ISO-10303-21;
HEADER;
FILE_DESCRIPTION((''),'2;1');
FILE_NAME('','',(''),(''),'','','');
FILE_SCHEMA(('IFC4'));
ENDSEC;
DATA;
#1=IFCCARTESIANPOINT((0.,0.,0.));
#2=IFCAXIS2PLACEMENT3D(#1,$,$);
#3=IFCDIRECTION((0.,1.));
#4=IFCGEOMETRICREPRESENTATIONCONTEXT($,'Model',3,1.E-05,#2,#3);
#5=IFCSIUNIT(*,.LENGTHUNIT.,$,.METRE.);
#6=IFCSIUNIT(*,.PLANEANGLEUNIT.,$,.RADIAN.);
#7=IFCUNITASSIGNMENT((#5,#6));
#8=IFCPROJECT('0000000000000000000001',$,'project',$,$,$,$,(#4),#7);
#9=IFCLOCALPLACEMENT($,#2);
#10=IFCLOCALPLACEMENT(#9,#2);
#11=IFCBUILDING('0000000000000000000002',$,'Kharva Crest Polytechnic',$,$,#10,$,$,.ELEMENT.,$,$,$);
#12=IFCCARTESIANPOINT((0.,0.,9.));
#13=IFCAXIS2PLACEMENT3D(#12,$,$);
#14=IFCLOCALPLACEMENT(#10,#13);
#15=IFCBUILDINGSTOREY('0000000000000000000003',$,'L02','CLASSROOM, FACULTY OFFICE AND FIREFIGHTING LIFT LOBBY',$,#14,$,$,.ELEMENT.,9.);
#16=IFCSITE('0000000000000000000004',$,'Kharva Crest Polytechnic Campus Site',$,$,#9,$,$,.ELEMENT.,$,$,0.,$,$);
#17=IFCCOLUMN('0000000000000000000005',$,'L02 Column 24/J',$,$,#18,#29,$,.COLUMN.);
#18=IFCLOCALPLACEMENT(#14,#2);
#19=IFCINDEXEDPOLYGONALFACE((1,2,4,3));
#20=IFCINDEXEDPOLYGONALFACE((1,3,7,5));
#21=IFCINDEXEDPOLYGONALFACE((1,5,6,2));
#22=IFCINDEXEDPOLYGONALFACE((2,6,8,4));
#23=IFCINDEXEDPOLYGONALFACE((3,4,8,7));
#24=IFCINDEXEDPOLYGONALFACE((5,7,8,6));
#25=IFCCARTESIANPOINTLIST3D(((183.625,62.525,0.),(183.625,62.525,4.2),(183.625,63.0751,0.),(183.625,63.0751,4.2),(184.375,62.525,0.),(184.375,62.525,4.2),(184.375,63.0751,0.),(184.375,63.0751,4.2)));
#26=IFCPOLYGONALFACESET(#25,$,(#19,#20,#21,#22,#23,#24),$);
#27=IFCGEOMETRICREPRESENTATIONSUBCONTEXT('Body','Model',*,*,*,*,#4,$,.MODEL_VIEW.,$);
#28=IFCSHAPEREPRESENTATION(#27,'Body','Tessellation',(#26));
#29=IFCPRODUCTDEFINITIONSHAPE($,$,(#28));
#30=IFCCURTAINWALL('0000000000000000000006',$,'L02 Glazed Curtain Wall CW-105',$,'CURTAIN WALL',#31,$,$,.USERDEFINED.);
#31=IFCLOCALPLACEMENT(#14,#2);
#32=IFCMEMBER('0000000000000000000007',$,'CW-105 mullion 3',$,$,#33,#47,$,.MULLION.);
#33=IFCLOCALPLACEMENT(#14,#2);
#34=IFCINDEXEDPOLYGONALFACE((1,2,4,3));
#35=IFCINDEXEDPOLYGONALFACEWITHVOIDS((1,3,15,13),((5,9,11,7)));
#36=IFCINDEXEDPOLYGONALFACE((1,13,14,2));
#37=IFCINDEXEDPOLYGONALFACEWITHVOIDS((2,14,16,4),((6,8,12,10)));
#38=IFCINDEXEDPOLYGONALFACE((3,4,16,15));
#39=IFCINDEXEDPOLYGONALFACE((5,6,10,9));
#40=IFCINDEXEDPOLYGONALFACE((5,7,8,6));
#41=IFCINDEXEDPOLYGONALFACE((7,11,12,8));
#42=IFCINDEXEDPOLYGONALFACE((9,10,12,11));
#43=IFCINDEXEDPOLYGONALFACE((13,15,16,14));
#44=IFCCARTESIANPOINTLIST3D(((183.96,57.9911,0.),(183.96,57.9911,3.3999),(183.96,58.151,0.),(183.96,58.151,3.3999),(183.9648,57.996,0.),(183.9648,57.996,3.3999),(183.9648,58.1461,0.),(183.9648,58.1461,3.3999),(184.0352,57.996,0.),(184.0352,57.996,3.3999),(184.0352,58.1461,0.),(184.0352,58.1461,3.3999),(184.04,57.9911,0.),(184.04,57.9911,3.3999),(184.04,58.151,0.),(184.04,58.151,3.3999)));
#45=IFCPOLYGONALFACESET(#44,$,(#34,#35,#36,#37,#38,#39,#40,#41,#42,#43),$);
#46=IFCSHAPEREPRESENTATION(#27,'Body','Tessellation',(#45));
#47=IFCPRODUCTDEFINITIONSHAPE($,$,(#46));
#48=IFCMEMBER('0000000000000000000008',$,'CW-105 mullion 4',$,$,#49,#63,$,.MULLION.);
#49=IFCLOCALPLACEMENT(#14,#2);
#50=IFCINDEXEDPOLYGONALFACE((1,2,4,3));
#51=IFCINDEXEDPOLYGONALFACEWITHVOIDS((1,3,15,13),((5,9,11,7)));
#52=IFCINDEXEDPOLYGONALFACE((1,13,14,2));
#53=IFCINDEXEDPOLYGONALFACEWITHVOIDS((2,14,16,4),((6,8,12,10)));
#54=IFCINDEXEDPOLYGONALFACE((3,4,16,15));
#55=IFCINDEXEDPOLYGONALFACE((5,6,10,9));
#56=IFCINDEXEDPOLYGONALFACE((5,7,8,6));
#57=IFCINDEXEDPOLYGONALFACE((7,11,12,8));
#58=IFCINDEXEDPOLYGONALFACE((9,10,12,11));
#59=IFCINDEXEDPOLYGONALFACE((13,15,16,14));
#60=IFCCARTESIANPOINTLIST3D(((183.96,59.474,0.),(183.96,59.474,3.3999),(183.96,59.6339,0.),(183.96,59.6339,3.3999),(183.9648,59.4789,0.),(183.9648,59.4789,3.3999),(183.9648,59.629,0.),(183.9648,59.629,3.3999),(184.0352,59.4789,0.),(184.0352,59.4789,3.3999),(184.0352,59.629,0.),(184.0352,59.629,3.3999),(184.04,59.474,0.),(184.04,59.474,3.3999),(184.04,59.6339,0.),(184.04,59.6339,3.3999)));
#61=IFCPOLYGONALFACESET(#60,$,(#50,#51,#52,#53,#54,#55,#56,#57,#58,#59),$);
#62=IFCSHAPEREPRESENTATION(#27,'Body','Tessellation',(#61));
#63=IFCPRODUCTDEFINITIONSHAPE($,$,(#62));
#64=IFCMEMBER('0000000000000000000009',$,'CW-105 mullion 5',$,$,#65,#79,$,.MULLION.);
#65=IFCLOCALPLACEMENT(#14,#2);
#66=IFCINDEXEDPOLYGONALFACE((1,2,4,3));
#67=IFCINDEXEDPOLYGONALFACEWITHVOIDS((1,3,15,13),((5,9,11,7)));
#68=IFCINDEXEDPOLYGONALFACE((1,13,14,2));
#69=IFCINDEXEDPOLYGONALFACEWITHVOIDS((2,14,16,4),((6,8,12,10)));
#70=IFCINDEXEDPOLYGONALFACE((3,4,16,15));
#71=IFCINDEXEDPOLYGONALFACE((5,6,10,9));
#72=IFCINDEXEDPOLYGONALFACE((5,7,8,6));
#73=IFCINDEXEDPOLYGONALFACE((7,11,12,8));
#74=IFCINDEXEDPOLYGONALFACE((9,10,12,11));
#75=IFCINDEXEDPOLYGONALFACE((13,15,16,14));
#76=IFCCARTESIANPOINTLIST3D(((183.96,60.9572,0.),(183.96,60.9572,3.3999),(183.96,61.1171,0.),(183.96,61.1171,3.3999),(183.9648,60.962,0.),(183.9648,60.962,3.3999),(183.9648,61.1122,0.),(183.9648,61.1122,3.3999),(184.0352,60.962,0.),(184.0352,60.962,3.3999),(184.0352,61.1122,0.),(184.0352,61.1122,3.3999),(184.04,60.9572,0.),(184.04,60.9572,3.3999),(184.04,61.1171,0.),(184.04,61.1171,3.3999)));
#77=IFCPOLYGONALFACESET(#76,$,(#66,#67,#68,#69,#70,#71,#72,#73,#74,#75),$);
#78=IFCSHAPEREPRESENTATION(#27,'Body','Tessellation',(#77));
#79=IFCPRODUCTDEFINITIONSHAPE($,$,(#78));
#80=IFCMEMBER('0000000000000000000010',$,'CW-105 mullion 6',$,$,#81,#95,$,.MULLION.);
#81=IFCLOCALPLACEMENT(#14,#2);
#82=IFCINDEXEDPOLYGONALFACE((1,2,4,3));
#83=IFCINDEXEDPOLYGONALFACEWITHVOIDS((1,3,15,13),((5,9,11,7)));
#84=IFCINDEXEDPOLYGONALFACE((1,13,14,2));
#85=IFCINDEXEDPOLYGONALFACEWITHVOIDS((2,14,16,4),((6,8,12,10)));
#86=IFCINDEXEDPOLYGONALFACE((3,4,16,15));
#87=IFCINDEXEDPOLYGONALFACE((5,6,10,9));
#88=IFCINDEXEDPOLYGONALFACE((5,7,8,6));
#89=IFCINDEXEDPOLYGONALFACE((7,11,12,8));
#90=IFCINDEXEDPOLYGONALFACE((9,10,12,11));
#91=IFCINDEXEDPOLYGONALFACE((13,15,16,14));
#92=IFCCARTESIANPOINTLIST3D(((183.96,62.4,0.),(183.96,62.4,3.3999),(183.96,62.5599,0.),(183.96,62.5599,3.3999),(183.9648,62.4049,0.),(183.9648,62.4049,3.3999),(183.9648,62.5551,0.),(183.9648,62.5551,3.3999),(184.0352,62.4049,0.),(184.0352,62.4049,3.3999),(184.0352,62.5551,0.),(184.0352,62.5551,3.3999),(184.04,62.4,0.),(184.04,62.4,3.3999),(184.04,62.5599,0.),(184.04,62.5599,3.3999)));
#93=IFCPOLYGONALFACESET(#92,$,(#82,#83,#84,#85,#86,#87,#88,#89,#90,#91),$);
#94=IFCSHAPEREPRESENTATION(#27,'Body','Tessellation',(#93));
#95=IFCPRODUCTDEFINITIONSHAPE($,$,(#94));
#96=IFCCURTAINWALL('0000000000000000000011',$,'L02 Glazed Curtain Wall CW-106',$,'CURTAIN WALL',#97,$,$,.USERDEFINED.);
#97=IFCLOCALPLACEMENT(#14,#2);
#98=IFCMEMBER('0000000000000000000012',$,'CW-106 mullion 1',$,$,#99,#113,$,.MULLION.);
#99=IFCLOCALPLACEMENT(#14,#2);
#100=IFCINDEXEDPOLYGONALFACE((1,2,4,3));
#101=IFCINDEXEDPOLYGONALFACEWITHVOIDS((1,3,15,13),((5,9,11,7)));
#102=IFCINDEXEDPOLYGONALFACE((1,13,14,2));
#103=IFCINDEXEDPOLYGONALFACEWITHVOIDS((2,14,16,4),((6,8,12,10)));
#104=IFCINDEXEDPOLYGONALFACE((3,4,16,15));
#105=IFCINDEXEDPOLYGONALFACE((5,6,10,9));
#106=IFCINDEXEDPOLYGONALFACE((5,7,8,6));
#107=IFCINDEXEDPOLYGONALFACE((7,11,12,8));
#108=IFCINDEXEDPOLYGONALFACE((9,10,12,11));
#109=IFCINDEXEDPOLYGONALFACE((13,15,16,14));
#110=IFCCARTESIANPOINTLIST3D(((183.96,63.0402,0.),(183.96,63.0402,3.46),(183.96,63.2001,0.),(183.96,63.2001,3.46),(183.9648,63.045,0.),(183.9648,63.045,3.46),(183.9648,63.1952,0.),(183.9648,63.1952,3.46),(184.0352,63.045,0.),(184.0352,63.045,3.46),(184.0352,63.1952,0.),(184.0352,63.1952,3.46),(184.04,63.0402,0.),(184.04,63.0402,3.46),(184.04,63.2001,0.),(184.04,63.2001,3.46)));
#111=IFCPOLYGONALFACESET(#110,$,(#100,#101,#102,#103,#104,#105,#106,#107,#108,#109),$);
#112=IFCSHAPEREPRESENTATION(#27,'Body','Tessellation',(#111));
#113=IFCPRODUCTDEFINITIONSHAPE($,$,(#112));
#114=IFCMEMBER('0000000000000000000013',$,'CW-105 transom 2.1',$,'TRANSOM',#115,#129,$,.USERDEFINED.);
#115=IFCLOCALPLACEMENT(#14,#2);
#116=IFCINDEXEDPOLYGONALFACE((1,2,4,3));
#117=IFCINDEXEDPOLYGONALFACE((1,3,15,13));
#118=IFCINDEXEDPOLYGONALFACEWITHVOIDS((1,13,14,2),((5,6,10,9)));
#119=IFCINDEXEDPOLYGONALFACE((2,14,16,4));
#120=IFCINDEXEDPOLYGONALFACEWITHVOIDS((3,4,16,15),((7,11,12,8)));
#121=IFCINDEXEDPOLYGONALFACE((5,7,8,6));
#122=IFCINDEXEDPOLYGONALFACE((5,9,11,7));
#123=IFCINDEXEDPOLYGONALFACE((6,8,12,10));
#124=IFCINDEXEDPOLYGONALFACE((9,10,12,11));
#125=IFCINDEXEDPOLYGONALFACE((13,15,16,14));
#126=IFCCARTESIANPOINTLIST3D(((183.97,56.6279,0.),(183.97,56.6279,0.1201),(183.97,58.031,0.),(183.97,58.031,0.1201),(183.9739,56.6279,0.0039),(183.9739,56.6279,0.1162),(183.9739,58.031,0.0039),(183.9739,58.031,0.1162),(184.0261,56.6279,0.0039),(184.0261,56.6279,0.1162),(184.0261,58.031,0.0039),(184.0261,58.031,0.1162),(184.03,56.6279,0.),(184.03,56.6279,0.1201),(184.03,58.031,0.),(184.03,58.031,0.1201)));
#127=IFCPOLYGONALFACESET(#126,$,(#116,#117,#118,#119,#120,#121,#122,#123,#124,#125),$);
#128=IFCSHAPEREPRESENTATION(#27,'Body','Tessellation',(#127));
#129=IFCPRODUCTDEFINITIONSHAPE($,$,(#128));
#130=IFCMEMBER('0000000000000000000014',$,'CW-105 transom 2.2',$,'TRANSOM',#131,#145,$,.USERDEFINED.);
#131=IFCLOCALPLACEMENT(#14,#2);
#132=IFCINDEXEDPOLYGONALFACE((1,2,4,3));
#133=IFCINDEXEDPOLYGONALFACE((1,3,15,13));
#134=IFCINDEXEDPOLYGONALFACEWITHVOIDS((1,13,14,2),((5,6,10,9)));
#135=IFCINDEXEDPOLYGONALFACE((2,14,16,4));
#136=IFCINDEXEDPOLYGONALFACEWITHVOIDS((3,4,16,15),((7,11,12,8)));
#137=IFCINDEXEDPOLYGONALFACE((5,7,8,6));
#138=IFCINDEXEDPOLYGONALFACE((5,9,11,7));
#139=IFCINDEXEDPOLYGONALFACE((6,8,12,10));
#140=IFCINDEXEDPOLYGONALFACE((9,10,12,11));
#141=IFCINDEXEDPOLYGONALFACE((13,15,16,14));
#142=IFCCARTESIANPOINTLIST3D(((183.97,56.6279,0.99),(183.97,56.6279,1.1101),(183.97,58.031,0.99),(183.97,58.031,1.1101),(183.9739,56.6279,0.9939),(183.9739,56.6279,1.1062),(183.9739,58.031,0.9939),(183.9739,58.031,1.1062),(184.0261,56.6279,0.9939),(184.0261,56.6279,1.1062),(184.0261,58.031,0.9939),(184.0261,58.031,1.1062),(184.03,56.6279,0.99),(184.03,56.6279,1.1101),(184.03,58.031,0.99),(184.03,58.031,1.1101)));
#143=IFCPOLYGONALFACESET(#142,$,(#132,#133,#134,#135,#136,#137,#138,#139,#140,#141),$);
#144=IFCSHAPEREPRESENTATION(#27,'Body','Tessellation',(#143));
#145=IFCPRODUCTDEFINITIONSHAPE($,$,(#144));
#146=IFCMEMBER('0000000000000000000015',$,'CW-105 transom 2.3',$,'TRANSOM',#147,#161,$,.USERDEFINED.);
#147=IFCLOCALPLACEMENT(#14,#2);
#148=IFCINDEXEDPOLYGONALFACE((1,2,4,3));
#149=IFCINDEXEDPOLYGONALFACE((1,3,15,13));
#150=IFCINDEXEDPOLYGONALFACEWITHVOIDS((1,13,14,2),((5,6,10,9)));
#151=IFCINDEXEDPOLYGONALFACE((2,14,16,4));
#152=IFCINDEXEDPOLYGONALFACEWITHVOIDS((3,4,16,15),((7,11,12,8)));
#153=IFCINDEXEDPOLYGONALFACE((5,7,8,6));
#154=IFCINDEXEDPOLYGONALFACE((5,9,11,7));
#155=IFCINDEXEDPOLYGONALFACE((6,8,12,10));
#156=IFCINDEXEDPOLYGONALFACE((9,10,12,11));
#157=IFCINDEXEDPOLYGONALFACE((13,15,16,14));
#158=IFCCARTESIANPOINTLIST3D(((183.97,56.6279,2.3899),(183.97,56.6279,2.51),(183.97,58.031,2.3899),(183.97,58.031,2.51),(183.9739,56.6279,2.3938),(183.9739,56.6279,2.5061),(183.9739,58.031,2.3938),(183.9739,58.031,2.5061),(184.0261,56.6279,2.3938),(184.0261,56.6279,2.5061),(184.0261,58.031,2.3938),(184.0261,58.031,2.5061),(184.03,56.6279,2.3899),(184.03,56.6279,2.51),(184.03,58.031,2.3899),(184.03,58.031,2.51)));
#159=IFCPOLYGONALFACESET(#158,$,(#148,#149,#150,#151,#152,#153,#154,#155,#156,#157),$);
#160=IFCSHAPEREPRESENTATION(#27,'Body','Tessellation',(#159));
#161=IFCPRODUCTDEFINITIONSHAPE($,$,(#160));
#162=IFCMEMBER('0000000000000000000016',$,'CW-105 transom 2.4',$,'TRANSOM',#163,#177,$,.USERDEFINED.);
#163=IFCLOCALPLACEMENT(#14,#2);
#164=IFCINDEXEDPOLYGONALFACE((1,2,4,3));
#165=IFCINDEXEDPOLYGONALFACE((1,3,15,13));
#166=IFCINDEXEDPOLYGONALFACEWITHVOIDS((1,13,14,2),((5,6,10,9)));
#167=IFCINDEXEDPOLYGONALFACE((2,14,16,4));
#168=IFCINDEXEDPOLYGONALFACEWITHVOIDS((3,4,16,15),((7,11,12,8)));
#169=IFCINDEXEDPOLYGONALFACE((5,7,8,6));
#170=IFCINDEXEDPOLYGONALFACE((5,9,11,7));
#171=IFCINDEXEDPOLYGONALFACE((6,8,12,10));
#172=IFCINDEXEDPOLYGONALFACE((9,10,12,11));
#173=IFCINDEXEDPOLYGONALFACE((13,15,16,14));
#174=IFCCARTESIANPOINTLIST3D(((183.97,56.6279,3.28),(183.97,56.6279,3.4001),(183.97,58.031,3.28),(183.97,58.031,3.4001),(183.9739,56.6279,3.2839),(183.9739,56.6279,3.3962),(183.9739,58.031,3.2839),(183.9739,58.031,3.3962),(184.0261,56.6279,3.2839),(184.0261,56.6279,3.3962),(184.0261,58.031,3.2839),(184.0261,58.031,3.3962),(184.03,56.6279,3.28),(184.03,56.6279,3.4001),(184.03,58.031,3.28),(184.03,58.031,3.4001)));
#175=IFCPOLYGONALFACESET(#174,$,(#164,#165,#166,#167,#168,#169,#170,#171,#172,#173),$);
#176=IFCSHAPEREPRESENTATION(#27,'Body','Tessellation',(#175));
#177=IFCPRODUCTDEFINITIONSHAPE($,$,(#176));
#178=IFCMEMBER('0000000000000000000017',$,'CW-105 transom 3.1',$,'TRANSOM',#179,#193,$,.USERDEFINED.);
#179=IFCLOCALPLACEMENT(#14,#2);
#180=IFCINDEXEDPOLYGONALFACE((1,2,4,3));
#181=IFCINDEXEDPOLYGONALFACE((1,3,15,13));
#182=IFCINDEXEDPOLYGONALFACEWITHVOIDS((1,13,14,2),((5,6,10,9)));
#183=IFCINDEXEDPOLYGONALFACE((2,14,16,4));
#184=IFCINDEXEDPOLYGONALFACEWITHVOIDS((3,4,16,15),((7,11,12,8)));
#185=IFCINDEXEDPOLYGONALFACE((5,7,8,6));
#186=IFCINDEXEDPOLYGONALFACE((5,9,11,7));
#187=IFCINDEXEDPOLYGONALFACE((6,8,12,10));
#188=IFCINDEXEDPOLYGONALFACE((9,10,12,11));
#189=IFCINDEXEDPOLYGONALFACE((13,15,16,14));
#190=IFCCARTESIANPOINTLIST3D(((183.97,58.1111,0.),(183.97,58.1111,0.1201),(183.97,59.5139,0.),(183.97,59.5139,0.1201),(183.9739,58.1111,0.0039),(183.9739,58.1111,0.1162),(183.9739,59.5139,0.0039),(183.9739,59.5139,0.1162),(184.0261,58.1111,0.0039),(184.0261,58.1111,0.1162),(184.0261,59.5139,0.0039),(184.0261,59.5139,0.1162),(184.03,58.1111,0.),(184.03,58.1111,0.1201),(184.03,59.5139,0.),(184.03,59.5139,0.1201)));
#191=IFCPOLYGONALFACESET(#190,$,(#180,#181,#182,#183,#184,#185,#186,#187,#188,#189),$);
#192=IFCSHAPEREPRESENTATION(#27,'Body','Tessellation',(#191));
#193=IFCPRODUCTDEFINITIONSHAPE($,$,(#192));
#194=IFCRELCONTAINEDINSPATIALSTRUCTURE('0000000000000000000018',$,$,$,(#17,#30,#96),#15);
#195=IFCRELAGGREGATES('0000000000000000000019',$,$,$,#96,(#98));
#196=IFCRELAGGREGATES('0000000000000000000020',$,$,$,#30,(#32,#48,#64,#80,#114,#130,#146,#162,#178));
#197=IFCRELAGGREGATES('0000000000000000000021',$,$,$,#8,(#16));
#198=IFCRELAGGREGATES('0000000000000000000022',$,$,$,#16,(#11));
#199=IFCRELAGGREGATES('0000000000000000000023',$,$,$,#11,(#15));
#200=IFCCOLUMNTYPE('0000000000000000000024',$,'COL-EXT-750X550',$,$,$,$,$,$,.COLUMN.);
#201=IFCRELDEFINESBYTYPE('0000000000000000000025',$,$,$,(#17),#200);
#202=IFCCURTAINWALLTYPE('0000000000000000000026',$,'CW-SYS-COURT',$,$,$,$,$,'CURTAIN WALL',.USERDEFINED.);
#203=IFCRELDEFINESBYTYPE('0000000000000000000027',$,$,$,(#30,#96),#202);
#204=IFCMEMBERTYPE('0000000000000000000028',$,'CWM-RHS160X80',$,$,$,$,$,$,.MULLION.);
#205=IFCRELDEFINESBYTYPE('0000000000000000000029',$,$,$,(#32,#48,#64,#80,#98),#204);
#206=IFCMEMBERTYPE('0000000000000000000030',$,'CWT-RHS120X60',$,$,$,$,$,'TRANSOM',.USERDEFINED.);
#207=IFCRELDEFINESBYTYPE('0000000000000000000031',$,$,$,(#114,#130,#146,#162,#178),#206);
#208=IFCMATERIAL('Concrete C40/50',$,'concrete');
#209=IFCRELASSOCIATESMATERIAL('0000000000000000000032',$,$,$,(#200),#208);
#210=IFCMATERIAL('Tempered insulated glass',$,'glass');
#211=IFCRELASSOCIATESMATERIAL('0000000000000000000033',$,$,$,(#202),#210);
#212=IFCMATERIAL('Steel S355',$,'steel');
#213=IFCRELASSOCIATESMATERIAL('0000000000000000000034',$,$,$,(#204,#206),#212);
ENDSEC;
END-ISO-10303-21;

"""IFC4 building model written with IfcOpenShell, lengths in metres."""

from ifc_helpers import new_model, si_unit, direction, frame, origin, origin_2d, place, context, subcontext, project, spatial, rectangle, hollow_rectangle, extrude, material, material_profile, profile_set, type_object, element, aggregate, save


model = new_model("IFC4")

# Units and contexts
model_context = context("Model", 3, precision=1e-05, world=origin(), true_north=direction((0.0, 1.0)))
body_context = subcontext(model_context, "Body", "Model", "MODEL_VIEW")
ifc_project = project(units=[si_unit("LENGTHUNIT", "METRE"), si_unit("PLANEANGLEUNIT", "RADIAN")], contexts=[model_context])

# Site, building, storey
site_placement = place(None, origin())
site = spatial("IfcSite", under=ifc_project, at=site_placement, Name="Kharva Crest Polytechnic Campus Site", CompositionType="ELEMENT", RefElevation=0.0)
building_placement = place(site_placement, origin())
building = spatial("IfcBuilding", under=site, at=building_placement, Name="Kharva Crest Polytechnic", CompositionType="ELEMENT")
storey_placement = place(building_placement, frame((0.0, 0.0, 9.0)))
storey = spatial("IfcBuildingStorey", under=building, at=storey_placement, Name="L02", Description="CLASSROOM, FACULTY OFFICE AND FIREFIGHTING LIFT LOBBY", CompositionType="ELEMENT", Elevation=9.0)

# Column
ifc_material_1 = material(Name="Concrete C40/50", Category="concrete")
ifc_material_profile_1 = material_profile(ifc_material_1, rectangle(XDim=0.75, YDim=0.55, at=origin_2d()), Name="RECT 750 X 550")
ifc_profile_set_1 = profile_set([ifc_material_profile_1], Name="Concrete C40/50")
column_type = type_object("IfcColumnType", Name="COL-EXT-750X550", PredefinedType="COLUMN", material=ifc_profile_set_1)
column_placement = place(storey_placement, frame((184.0, 62.8, 0.0), z_axis=(0.0, 0.0, 1.0), x_axis=(1.0, 0.0, 0.0)))
element("IfcColumn", 1, at=column_placement, inside=storey, type_object=column_type, Name="L02 Column 24/J", PredefinedType="COLUMN", context=body_context, shape_type="SweptSolid", body=[
    extrude(rectangle(XDim=0.75, YDim=0.55, at=origin_2d()), origin(), (0.0, 0.0, 1.0), 4.2),
])

# Curtain wall, members
ifc_material_2 = material(Name="Tempered insulated glass", Category="glass")
curtain_wall_type = type_object("IfcCurtainWallType", Name="CW-SYS-COURT", ElementType="CURTAIN WALL", PredefinedType="USERDEFINED", material=ifc_material_2)
curtain_wall_1_placement = place(storey_placement, origin())
curtain_wall_1 = element("IfcCurtainWall", 2, at=curtain_wall_1_placement, inside=storey, type_object=curtain_wall_type, Name="L02 Glazed Curtain Wall CW-105", ObjectType="CURTAIN WALL", PredefinedType="USERDEFINED")
ifc_material_3 = material(Name="Steel S355", Category="steel")
ifc_material_profile_2 = material_profile(ifc_material_3, hollow_rectangle(XDim=0.0801, YDim=0.1599, WallThickness=0.0049, at=origin_2d()), Name="RHS 160X80X5.0")
ifc_profile_set_2 = profile_set([ifc_material_profile_2], Name="Steel S355")
member_type_1 = type_object("IfcMemberType", Name="CWM-RHS160X80", PredefinedType="MULLION", material=ifc_profile_set_2)
member_1_placement = place(storey_placement, frame((184.0, 58.071, 0.0), z_axis=(0.0, 0.0, 1.0), x_axis=(-1.0, 0.0, 0.0)))
member_1 = element("IfcMember", 3, at=member_1_placement, type_object=member_type_1, Name="CW-105 mullion 3", PredefinedType="MULLION", context=body_context, shape_type="SweptSolid", body=[
    extrude(hollow_rectangle(XDim=0.0801, YDim=0.1599, WallThickness=0.0049, at=origin_2d()), origin(), (0.0, 0.0, 1.0), 3.3999),
])
member_2_placement = place(storey_placement, frame((184.0, 59.554, 0.0), z_axis=(0.0, 0.0, 1.0), x_axis=(-1.0, 0.0, 0.0)))
member_2 = element("IfcMember", 4, at=member_2_placement, type_object=member_type_1, Name="CW-105 mullion 4", PredefinedType="MULLION", context=body_context, shape_type="SweptSolid", body=[
    extrude(hollow_rectangle(XDim=0.0801, YDim=0.1599, WallThickness=0.0049, at=origin_2d()), origin(), (0.0, 0.0, 1.0), 3.3999),
])
member_3_placement = place(storey_placement, frame((184.0, 61.0371, 0.0), z_axis=(0.0, 0.0, 1.0), x_axis=(-1.0, 0.0, 0.0)))
member_3 = element("IfcMember", 5, at=member_3_placement, type_object=member_type_1, Name="CW-105 mullion 5", PredefinedType="MULLION", context=body_context, shape_type="SweptSolid", body=[
    extrude(hollow_rectangle(XDim=0.0801, YDim=0.1599, WallThickness=0.0049, at=origin_2d()), origin(), (0.0, 0.0, 1.0), 3.3999),
])
member_4_placement = place(storey_placement, frame((184.0, 62.48, 0.0), z_axis=(0.0, 0.0, 1.0), x_axis=(-1.0, 0.0, 0.0)))
member_4 = element("IfcMember", 6, at=member_4_placement, type_object=member_type_1, Name="CW-105 mullion 6", PredefinedType="MULLION", context=body_context, shape_type="SweptSolid", body=[
    extrude(hollow_rectangle(XDim=0.0801, YDim=0.1599, WallThickness=0.0049, at=origin_2d()), origin(), (0.0, 0.0, 1.0), 3.3999),
])

# Curtain wall, member
curtain_wall_2_placement = place(storey_placement, origin())
curtain_wall_2 = element("IfcCurtainWall", 7, at=curtain_wall_2_placement, inside=storey, type_object=curtain_wall_type, Name="L02 Glazed Curtain Wall CW-106", ObjectType="CURTAIN WALL", PredefinedType="USERDEFINED")
member_5_placement = place(storey_placement, frame((184.0, 63.1201, 0.0), z_axis=(0.0, 0.0, 1.0), x_axis=(-1.0, 0.0, 0.0)))
member_5 = element("IfcMember", 8, at=member_5_placement, type_object=member_type_1, Name="CW-106 mullion 1", PredefinedType="MULLION", context=body_context, shape_type="SweptSolid", body=[
    extrude(hollow_rectangle(XDim=0.0801, YDim=0.1599, WallThickness=0.0049, at=origin_2d()), origin(), (0.0, 0.0, 1.0), 3.46),
])

# Members
ifc_material_profile_3 = material_profile(ifc_material_3, hollow_rectangle(XDim=0.0601, YDim=0.1201, WallThickness=0.0039, at=origin_2d()), Name="RHS 120X60X4.0")
ifc_profile_set_3 = profile_set([ifc_material_profile_3], Name="Steel S355")
member_type_2 = type_object("IfcMemberType", Name="CWT-RHS120X60", ElementType="TRANSOM", PredefinedType="USERDEFINED", material=ifc_profile_set_3)
member_6_placement = place(storey_placement, frame((184.0, 56.6279, 0.0601), z_axis=(0.0, 1.0, 0.0), x_axis=(-1.0, 0.0, 0.0)))
member_6 = element("IfcMember", 9, at=member_6_placement, type_object=member_type_2, Name="CW-105 transom 2.1", ObjectType="TRANSOM", PredefinedType="USERDEFINED", context=body_context, shape_type="SweptSolid", body=[
    extrude(hollow_rectangle(XDim=0.0601, YDim=0.1201, WallThickness=0.0039, at=origin_2d()), origin(), (0.0, 0.0, 1.0), 1.4031),
])
member_7_placement = place(storey_placement, frame((184.0, 56.6279, 1.05), z_axis=(0.0, 1.0, 0.0), x_axis=(-1.0, 0.0, 0.0)))
member_7 = element("IfcMember", 10, at=member_7_placement, type_object=member_type_2, Name="CW-105 transom 2.2", ObjectType="TRANSOM", PredefinedType="USERDEFINED", context=body_context, shape_type="SweptSolid", body=[
    extrude(hollow_rectangle(XDim=0.0601, YDim=0.1201, WallThickness=0.0039, at=origin_2d()), origin(), (0.0, 0.0, 1.0), 1.4031),
])
member_8_placement = place(storey_placement, frame((184.0, 56.6279, 2.45), z_axis=(0.0, 1.0, 0.0), x_axis=(-1.0, 0.0, 0.0)))
member_8 = element("IfcMember", 11, at=member_8_placement, type_object=member_type_2, Name="CW-105 transom 2.3", ObjectType="TRANSOM", PredefinedType="USERDEFINED", context=body_context, shape_type="SweptSolid", body=[
    extrude(hollow_rectangle(XDim=0.0601, YDim=0.1201, WallThickness=0.0039, at=origin_2d()), origin(), (0.0, 0.0, 1.0), 1.4031),
])
member_9_placement = place(storey_placement, frame((184.0, 56.6279, 3.3401), z_axis=(0.0, 1.0, 0.0), x_axis=(-1.0, 0.0, 0.0)))
member_9 = element("IfcMember", 12, at=member_9_placement, type_object=member_type_2, Name="CW-105 transom 2.4", ObjectType="TRANSOM", PredefinedType="USERDEFINED", context=body_context, shape_type="SweptSolid", body=[
    extrude(hollow_rectangle(XDim=0.0601, YDim=0.1201, WallThickness=0.0039, at=origin_2d()), origin(), (0.0, 0.0, 1.0), 1.4031),
])
member_10_placement = place(storey_placement, frame((184.0, 58.1111, 0.0601), z_axis=(0.0, 1.0, 0.0), x_axis=(-1.0, 0.0, 0.0)))
member_10 = element("IfcMember", 13, at=member_10_placement, type_object=member_type_2, Name="CW-105 transom 3.1", ObjectType="TRANSOM", PredefinedType="USERDEFINED", context=body_context, shape_type="SweptSolid", body=[
    extrude(hollow_rectangle(XDim=0.0601, YDim=0.1201, WallThickness=0.0039, at=origin_2d()), origin(), (0.0, 0.0, 1.0), 1.4028),
])
aggregate(curtain_wall_2, [member_5])

aggregate(curtain_wall_1, [member_1, member_2, member_3, member_4, member_6, member_7, member_8, member_9, member_10])

save(model, "model.ifc")
